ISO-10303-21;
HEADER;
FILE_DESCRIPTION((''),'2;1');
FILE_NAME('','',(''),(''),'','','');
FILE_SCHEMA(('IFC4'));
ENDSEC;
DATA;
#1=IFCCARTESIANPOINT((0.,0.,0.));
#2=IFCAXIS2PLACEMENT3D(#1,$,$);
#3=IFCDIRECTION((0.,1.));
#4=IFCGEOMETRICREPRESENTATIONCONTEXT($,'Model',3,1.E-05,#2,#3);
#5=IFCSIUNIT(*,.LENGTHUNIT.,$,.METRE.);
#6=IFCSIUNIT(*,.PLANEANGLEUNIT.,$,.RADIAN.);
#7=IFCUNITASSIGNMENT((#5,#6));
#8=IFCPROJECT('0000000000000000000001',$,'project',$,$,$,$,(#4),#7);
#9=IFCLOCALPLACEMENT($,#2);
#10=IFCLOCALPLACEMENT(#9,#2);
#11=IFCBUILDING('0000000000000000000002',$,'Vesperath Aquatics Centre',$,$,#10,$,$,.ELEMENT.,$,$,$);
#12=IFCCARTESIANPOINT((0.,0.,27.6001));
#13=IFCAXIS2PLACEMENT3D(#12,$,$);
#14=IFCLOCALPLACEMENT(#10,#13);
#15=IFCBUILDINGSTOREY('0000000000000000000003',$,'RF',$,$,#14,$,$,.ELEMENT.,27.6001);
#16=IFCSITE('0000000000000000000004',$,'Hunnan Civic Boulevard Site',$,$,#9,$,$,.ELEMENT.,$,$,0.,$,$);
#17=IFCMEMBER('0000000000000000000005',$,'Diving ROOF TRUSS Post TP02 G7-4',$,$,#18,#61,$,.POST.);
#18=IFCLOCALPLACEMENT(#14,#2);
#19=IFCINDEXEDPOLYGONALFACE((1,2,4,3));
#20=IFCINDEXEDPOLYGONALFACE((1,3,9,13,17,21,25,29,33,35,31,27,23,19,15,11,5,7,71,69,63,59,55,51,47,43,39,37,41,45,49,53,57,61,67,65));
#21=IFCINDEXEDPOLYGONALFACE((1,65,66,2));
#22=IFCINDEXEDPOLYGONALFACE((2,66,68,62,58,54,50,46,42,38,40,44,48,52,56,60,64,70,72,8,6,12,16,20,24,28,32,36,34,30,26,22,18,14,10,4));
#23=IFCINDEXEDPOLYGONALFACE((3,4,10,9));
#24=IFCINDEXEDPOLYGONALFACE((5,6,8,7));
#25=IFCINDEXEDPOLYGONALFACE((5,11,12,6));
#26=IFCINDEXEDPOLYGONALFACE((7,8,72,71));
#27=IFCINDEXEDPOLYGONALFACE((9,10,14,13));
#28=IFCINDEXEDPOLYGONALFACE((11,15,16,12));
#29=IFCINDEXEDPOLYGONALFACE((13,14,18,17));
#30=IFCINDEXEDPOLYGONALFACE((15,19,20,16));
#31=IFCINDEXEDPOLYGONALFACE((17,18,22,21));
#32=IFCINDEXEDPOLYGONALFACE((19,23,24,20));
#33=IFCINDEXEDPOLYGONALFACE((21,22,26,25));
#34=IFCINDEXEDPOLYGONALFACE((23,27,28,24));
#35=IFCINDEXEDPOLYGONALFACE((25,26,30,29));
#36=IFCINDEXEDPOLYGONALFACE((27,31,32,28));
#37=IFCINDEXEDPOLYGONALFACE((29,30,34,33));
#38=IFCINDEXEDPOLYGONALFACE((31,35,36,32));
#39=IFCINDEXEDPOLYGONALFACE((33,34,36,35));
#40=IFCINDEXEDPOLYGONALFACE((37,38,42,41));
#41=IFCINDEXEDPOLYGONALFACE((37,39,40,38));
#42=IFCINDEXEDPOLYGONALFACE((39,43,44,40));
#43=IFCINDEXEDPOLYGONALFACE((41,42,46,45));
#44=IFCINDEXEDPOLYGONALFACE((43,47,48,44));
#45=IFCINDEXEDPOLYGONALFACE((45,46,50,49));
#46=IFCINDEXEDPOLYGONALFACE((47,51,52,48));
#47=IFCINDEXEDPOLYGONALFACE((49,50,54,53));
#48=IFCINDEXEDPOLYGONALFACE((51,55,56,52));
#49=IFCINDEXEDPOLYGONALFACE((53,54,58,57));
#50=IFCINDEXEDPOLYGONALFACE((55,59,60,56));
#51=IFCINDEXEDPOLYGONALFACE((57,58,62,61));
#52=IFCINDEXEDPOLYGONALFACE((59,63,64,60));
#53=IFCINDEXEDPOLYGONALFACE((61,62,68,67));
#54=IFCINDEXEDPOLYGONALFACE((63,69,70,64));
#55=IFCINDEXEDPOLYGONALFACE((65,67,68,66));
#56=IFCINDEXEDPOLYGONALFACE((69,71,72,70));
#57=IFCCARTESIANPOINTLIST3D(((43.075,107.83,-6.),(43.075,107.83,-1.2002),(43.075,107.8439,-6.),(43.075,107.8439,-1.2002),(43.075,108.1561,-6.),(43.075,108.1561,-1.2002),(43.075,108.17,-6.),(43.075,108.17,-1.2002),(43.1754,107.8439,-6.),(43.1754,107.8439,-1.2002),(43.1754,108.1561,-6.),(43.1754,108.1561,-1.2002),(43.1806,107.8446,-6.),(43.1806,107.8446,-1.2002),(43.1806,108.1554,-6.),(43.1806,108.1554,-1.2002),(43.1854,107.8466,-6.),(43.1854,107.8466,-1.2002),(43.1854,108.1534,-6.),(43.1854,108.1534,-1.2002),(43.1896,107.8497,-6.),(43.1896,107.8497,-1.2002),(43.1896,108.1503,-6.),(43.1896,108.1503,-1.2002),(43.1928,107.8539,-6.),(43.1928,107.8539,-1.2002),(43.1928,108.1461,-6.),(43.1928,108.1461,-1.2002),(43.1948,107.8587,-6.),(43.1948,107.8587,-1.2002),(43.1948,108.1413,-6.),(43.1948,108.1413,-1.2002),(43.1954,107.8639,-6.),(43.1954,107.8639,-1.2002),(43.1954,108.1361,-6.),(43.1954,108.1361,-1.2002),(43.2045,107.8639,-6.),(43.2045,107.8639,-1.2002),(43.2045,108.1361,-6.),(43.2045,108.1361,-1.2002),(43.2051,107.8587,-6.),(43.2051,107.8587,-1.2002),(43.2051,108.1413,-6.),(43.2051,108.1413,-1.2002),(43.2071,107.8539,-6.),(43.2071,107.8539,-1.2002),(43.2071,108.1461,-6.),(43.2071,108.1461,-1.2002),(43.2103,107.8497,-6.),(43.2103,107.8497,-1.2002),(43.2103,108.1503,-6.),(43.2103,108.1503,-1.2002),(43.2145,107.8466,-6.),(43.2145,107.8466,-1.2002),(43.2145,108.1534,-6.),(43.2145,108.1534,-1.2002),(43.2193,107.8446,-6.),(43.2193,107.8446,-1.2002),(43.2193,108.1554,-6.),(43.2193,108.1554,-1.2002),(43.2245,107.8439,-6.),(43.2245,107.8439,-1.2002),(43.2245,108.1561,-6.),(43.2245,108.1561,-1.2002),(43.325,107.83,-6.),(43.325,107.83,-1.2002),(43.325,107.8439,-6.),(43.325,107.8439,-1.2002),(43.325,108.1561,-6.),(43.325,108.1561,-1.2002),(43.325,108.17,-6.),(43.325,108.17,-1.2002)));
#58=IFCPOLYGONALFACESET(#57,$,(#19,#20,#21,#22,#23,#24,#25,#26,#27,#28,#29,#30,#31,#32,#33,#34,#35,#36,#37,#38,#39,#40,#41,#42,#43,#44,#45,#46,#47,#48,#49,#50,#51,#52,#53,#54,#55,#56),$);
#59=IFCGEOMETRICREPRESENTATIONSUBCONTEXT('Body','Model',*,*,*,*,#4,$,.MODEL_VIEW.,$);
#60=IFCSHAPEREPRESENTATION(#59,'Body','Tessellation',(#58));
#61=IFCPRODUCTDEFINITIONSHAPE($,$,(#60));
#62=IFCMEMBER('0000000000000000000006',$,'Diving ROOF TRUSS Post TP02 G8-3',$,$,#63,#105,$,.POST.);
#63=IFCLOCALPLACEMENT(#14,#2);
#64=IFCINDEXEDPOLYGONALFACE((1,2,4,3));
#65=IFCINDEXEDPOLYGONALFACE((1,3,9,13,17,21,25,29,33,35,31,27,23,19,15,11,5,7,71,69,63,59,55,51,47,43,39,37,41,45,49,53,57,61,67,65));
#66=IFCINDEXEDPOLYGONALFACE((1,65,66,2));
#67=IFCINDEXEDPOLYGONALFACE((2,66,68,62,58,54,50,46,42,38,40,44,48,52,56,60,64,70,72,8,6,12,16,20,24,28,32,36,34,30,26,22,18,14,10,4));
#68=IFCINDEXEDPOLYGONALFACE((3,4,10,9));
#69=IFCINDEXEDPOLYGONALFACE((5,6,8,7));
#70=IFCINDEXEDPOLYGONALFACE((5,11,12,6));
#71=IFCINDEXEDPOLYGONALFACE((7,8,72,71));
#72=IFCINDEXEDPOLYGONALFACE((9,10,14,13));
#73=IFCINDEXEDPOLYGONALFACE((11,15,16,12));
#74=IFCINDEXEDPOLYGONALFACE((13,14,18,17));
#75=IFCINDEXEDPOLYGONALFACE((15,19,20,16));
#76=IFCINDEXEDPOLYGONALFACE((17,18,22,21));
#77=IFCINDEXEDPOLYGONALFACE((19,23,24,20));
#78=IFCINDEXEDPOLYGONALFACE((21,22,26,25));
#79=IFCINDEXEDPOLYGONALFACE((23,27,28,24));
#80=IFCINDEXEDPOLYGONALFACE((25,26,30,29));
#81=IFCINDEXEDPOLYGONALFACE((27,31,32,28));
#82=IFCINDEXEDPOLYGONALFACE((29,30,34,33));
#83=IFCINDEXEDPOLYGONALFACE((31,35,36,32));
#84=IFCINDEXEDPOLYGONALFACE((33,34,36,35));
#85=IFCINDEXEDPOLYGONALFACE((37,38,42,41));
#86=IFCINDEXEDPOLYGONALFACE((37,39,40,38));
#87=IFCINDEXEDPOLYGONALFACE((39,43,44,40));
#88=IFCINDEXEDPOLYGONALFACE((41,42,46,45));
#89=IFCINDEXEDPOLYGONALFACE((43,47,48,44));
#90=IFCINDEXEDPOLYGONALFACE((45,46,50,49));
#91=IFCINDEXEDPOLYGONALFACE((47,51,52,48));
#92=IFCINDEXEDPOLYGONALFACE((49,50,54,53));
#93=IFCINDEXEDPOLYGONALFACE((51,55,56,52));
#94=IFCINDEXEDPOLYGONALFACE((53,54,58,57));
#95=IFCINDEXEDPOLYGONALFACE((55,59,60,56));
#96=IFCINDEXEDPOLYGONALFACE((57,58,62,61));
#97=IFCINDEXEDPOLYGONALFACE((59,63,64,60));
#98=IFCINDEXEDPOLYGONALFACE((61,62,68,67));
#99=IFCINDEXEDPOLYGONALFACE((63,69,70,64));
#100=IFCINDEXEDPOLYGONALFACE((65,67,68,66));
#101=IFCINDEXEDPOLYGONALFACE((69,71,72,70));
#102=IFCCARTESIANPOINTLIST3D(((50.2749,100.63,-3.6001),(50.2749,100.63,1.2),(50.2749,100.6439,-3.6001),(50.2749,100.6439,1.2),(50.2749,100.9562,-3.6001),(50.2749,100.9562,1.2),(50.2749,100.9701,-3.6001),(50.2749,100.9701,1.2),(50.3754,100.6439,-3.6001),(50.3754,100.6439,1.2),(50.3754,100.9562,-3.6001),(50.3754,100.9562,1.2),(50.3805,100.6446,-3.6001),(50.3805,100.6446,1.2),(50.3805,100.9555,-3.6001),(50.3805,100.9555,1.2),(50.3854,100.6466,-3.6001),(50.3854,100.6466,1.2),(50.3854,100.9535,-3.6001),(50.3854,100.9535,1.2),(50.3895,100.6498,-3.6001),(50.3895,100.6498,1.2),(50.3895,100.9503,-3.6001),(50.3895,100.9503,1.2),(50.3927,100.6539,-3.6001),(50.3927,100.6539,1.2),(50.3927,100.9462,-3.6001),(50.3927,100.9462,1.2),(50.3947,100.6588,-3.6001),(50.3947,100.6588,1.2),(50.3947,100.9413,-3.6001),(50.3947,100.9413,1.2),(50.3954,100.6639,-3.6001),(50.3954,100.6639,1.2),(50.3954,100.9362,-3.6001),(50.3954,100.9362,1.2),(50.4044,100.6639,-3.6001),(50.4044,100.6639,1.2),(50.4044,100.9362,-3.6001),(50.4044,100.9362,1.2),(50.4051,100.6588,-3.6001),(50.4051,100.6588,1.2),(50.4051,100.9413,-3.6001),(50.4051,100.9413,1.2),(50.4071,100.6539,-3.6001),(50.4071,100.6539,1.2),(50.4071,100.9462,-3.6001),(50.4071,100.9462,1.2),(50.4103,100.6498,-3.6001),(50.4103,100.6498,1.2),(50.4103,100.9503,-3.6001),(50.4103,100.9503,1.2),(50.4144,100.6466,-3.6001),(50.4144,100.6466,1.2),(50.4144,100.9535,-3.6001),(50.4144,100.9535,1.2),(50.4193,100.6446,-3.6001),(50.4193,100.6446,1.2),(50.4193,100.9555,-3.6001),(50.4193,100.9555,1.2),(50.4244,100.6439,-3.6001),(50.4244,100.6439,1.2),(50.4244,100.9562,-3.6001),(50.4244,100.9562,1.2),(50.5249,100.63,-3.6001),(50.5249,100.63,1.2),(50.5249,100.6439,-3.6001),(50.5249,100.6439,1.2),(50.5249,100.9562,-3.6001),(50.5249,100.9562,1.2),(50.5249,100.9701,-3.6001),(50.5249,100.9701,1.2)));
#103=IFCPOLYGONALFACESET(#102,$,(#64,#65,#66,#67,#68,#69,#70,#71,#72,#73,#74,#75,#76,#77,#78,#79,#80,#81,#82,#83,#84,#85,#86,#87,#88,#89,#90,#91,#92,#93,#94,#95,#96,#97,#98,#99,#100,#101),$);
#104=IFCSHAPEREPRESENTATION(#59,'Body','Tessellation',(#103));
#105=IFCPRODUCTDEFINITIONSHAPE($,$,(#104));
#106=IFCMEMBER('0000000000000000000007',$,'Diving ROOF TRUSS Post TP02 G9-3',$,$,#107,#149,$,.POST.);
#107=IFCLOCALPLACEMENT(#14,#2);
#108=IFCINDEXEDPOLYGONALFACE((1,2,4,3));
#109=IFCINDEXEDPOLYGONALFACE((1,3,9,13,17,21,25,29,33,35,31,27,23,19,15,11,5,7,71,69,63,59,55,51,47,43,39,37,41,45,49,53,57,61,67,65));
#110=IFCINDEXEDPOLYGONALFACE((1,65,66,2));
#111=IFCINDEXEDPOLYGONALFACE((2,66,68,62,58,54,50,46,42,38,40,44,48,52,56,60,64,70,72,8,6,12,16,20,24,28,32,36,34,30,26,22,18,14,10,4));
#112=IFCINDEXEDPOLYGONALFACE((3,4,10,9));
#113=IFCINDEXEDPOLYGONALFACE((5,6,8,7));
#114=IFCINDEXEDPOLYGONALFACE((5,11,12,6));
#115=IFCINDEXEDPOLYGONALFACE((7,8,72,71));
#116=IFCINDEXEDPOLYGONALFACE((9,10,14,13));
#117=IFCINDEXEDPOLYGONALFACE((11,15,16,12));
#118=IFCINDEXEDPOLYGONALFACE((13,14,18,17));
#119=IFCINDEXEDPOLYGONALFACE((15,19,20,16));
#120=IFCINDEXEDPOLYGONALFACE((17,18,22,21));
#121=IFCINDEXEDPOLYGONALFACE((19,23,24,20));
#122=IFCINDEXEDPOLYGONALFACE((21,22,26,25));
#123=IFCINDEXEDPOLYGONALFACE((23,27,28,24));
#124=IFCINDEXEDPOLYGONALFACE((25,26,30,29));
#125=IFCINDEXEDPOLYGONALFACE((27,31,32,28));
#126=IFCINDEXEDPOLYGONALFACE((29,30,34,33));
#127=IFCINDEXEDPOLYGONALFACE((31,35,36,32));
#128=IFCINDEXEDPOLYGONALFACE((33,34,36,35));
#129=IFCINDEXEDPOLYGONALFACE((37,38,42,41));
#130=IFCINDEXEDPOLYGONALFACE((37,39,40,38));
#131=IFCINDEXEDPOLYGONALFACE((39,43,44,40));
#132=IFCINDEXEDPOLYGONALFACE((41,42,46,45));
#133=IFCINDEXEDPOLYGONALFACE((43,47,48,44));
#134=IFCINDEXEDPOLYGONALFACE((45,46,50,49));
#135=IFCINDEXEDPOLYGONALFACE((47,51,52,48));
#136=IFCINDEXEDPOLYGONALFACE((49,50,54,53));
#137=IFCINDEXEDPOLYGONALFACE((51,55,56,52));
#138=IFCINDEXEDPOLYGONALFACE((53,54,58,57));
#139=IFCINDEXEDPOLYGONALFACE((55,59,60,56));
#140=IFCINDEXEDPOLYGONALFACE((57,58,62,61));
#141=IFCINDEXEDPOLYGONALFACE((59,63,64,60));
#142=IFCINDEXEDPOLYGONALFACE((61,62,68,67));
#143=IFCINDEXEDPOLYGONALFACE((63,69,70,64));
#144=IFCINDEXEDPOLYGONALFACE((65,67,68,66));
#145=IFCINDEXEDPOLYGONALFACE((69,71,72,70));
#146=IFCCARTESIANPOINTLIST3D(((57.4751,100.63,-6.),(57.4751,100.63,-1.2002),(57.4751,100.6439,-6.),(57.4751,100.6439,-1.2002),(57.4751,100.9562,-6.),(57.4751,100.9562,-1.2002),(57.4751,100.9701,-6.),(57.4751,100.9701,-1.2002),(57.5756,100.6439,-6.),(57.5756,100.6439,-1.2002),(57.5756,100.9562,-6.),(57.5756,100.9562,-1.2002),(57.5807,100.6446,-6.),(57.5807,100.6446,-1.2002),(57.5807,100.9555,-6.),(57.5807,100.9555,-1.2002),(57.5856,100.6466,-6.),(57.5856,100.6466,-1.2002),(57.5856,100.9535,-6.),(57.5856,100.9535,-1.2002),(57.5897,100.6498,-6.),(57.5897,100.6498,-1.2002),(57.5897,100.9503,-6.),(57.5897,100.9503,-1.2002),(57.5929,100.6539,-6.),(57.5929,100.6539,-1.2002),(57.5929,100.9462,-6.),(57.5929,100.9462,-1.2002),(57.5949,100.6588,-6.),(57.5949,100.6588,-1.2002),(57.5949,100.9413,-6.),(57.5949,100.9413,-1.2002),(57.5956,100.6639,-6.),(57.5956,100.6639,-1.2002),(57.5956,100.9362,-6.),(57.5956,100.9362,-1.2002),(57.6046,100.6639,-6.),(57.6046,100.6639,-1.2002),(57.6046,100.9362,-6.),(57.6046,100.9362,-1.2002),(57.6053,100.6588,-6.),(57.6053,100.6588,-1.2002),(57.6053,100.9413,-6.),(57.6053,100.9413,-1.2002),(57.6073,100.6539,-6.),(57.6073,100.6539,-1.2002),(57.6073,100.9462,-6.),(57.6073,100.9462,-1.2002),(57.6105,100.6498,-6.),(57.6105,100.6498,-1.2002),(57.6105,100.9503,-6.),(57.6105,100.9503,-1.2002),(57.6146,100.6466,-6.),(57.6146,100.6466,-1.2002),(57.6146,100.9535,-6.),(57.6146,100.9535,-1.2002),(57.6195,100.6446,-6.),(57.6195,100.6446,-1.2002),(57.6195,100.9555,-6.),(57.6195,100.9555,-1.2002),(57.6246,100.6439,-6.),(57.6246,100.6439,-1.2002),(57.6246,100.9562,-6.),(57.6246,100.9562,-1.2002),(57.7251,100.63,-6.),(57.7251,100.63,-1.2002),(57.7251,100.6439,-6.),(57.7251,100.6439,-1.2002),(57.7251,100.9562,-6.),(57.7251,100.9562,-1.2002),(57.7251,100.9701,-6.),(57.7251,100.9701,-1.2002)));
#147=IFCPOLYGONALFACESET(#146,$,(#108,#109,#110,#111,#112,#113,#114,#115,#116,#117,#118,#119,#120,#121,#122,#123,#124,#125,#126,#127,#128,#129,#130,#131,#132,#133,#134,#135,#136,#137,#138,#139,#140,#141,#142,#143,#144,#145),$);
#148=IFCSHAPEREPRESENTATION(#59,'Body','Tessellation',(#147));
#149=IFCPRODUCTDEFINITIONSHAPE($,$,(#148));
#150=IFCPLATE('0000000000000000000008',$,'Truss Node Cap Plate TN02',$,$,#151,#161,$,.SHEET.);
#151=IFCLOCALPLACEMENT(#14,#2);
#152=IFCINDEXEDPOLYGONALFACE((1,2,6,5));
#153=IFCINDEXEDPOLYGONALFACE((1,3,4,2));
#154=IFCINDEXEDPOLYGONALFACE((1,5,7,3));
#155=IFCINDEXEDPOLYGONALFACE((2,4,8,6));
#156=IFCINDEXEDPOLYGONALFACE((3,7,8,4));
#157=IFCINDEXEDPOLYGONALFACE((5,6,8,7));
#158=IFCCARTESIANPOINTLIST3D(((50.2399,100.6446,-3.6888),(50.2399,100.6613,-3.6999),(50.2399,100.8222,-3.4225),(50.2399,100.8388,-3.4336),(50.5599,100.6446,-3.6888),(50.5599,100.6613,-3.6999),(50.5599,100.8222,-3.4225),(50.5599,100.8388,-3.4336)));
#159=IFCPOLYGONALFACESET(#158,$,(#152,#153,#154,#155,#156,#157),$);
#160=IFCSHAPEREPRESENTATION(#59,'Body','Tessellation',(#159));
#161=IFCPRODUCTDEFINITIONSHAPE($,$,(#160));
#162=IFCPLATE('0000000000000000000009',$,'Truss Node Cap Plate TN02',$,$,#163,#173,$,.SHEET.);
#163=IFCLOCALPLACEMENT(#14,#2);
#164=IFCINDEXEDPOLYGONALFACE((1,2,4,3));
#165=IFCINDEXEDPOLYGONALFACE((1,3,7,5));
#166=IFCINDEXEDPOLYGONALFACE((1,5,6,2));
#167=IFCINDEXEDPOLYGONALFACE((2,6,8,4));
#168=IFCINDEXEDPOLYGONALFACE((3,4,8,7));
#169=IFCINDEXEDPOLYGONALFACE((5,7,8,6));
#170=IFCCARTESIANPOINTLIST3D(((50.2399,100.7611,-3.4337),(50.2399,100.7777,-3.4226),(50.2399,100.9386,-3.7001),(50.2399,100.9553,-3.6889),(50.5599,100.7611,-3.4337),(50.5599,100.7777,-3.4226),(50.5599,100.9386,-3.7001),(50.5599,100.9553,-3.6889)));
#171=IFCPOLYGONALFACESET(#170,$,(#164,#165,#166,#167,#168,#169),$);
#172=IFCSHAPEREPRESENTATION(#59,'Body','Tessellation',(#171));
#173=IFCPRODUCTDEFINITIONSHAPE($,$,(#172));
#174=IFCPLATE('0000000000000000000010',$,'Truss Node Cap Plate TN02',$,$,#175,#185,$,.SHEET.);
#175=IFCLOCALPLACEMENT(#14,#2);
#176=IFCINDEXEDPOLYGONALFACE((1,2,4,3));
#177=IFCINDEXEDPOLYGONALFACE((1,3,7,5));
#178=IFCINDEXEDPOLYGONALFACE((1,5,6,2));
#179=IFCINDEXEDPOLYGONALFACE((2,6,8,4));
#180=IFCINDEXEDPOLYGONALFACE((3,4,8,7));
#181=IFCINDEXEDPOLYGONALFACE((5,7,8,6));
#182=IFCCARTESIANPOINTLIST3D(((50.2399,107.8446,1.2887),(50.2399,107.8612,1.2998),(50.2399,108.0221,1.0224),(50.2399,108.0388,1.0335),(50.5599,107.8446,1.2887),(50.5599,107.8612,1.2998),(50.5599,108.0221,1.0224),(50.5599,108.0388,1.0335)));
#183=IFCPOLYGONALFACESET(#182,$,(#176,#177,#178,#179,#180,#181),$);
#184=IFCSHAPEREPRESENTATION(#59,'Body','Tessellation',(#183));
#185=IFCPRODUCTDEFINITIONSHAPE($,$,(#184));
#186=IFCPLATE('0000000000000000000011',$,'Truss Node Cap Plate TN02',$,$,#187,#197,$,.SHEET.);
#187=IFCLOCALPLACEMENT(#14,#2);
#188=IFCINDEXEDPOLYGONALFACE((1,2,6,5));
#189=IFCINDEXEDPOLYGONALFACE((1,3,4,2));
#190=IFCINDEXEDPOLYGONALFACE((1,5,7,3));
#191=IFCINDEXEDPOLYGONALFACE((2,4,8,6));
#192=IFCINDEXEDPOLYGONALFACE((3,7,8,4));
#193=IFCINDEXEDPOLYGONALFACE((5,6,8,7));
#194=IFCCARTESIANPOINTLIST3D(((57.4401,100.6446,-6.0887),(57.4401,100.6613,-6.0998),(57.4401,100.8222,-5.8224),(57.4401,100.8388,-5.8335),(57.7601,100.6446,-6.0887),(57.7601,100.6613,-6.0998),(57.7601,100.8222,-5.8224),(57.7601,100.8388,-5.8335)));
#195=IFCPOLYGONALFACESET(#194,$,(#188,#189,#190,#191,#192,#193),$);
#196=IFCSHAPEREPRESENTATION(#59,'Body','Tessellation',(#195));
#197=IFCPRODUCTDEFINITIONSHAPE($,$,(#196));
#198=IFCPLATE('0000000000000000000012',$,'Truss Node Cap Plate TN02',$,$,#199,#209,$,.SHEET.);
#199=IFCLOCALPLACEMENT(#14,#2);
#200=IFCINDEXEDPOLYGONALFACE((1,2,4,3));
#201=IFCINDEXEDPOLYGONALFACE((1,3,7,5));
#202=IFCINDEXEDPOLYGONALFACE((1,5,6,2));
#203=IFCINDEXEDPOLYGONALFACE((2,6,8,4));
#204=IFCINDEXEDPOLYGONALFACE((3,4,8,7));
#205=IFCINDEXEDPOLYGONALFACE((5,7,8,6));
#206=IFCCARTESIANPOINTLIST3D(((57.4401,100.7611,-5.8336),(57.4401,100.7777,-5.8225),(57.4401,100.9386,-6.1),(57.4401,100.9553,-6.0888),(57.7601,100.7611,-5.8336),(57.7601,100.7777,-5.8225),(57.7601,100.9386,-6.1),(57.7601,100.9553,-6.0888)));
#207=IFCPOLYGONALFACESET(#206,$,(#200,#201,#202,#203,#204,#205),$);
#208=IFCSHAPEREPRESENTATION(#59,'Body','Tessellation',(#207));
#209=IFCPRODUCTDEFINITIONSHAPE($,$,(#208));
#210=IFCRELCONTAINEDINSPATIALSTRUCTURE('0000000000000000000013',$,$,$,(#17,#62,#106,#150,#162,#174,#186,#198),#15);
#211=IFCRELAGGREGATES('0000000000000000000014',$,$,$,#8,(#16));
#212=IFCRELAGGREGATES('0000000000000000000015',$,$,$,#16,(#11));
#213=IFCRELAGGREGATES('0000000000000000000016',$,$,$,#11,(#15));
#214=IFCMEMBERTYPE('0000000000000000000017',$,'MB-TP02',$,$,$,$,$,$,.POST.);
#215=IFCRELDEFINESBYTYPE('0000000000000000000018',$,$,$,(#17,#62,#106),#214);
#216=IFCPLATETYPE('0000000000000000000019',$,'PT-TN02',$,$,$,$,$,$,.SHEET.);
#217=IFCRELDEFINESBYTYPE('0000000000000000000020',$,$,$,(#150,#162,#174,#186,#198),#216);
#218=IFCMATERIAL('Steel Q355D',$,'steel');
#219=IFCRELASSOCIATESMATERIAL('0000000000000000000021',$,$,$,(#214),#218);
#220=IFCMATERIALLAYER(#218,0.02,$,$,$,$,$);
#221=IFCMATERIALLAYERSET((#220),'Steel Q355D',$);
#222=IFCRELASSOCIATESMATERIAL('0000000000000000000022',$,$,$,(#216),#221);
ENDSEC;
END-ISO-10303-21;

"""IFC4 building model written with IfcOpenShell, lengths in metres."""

from ifc_helpers import new_model, si_unit, direction, frame, origin, origin_2d, place, context, subcontext, project, spatial, rectangle, i_section, extrude, material, layer, layer_set, material_profile, profile_set, type_object, element, save


model = new_model("IFC4")

# Units and contexts
model_context = context("Model", 3, precision=1e-05, world=origin(), true_north=direction((0.0, 1.0)))
body_context = subcontext(model_context, "Body", "Model", "MODEL_VIEW")
ifc_project = project(units=[si_unit("LENGTHUNIT", "METRE"), si_unit("PLANEANGLEUNIT", "RADIAN")], contexts=[model_context])

# Site, building, storey
site_placement = place(None, origin())
site = spatial("IfcSite", under=ifc_project, at=site_placement, Name="Hunnan Civic Boulevard Site", CompositionType="ELEMENT", RefElevation=0.0)
building_placement = place(site_placement, origin())
building = spatial("IfcBuilding", under=site, at=building_placement, Name="Vesperath Aquatics Centre", CompositionType="ELEMENT")
storey_placement = place(building_placement, frame((0.0, 0.0, 27.6001)))
storey = spatial("IfcBuildingStorey", under=building, at=storey_placement, Name="RF", CompositionType="ELEMENT", Elevation=27.6001)

# Members
ifc_material_1 = material(Name="Steel Q355D", Category="steel")
ifc_material_profile_1 = material_profile(ifc_material_1, i_section(OverallWidth=0.25, OverallDepth=0.3401, WebThickness=0.009, FlangeThickness=0.0139, FilletRadius=0.02, at=origin_2d()), Name="HM 340x250x9x14")
ifc_profile_set_1 = profile_set([ifc_material_profile_1], Name="Steel Q355D")
member_type_1 = type_object("IfcMemberType", Name="MB-TP02", PredefinedType="POST", material=ifc_profile_set_1)
member_1_placement = place(storey_placement, frame((43.2, 108.0, -6.0), z_axis=(0.0, 0.0, 1.0), x_axis=(1.0, 0.0, 0.0)))
element("IfcMember", 1, at=member_1_placement, inside=storey, type_object=member_type_1, Name="Diving ROOF TRUSS Post TP02 G7-4", PredefinedType="POST", context=body_context, shape_type="SweptSolid", body=[
    extrude(i_section(OverallWidth=0.25, OverallDepth=0.3401, WebThickness=0.009, FlangeThickness=0.0139, FilletRadius=0.02, at=origin_2d()), origin(), (0.0, 0.0, 1.0), 4.7998),
])
member_2_placement = place(storey_placement, frame((50.3999, 100.8, -3.6001), z_axis=(0.0, 0.0, 1.0), x_axis=(1.0, 0.0, 0.0)))
element("IfcMember", 2, at=member_2_placement, inside=storey, type_object=member_type_1, Name="Diving ROOF TRUSS Post TP02 G8-3", PredefinedType="POST", context=body_context, shape_type="SweptSolid", body=[
    extrude(i_section(OverallWidth=0.25, OverallDepth=0.3401, WebThickness=0.009, FlangeThickness=0.0139, FilletRadius=0.02, at=origin_2d()), origin(), (0.0, 0.0, 1.0), 4.8),
])
member_3_placement = place(storey_placement, frame((57.6001, 100.8, -6.0), z_axis=(0.0, 0.0, 1.0), x_axis=(1.0, 0.0, 0.0)))
element("IfcMember", 3, at=member_3_placement, inside=storey, type_object=member_type_1, Name="Diving ROOF TRUSS Post TP02 G9-3", PredefinedType="POST", context=body_context, shape_type="SweptSolid", body=[
    extrude(i_section(OverallWidth=0.25, OverallDepth=0.3401, WebThickness=0.009, FlangeThickness=0.0139, FilletRadius=0.02, at=origin_2d()), origin(), (0.0, 0.0, 1.0), 4.7998),
])

# Plates
ifc_layer = layer(ifc_material_1, 0.02)
ifc_layer_set = layer_set([ifc_layer], Name="Steel Q355D")
plate_type = type_object("IfcPlateType", Name="PT-TN02", PredefinedType="SHEET", material=ifc_layer_set)
for number, where, z_axis, x_axis, name in (
    (4, (50.3999, 100.7334, -3.5557), (0.0, 0.83205, -0.5547), (-1.0, 0.0, 0.0), "Truss Node Cap Plate TN02"),
    (5, (50.3999, 100.8499, -3.5669), (0.0, 0.83205, 0.5547), (-1.0, 0.0, 0.0), "Truss Node Cap Plate TN02"),
    (6, (50.3999, 107.9333, 1.1555), (0.0, 0.83205, 0.5547), (-1.0, 0.0, 0.0), "Truss Node Cap Plate TN02"),
    (7, (57.6001, 100.7334, -5.9556), (0.0, 0.83205, -0.5547), (-1.0, 0.0, 0.0), "Truss Node Cap Plate TN02"),
    (8, (57.6001, 100.8499, -5.9668), (0.0, 0.83205, 0.5547), (-1.0, 0.0, 0.0), "Truss Node Cap Plate TN02"),
):
    element("IfcPlate", number, at=place(storey_placement, frame(where, z_axis=z_axis, x_axis=x_axis)), inside=storey, type_object=plate_type, Name=name, PredefinedType="SHEET", context=body_context, shape_type="SweptSolid", body=[
        extrude(rectangle(XDim=0.3201, YDim=0.3201, at=origin_2d()), origin(), (0.0, 0.0, 1.0), 0.02),
    ])

save(model, "model.ifc")
